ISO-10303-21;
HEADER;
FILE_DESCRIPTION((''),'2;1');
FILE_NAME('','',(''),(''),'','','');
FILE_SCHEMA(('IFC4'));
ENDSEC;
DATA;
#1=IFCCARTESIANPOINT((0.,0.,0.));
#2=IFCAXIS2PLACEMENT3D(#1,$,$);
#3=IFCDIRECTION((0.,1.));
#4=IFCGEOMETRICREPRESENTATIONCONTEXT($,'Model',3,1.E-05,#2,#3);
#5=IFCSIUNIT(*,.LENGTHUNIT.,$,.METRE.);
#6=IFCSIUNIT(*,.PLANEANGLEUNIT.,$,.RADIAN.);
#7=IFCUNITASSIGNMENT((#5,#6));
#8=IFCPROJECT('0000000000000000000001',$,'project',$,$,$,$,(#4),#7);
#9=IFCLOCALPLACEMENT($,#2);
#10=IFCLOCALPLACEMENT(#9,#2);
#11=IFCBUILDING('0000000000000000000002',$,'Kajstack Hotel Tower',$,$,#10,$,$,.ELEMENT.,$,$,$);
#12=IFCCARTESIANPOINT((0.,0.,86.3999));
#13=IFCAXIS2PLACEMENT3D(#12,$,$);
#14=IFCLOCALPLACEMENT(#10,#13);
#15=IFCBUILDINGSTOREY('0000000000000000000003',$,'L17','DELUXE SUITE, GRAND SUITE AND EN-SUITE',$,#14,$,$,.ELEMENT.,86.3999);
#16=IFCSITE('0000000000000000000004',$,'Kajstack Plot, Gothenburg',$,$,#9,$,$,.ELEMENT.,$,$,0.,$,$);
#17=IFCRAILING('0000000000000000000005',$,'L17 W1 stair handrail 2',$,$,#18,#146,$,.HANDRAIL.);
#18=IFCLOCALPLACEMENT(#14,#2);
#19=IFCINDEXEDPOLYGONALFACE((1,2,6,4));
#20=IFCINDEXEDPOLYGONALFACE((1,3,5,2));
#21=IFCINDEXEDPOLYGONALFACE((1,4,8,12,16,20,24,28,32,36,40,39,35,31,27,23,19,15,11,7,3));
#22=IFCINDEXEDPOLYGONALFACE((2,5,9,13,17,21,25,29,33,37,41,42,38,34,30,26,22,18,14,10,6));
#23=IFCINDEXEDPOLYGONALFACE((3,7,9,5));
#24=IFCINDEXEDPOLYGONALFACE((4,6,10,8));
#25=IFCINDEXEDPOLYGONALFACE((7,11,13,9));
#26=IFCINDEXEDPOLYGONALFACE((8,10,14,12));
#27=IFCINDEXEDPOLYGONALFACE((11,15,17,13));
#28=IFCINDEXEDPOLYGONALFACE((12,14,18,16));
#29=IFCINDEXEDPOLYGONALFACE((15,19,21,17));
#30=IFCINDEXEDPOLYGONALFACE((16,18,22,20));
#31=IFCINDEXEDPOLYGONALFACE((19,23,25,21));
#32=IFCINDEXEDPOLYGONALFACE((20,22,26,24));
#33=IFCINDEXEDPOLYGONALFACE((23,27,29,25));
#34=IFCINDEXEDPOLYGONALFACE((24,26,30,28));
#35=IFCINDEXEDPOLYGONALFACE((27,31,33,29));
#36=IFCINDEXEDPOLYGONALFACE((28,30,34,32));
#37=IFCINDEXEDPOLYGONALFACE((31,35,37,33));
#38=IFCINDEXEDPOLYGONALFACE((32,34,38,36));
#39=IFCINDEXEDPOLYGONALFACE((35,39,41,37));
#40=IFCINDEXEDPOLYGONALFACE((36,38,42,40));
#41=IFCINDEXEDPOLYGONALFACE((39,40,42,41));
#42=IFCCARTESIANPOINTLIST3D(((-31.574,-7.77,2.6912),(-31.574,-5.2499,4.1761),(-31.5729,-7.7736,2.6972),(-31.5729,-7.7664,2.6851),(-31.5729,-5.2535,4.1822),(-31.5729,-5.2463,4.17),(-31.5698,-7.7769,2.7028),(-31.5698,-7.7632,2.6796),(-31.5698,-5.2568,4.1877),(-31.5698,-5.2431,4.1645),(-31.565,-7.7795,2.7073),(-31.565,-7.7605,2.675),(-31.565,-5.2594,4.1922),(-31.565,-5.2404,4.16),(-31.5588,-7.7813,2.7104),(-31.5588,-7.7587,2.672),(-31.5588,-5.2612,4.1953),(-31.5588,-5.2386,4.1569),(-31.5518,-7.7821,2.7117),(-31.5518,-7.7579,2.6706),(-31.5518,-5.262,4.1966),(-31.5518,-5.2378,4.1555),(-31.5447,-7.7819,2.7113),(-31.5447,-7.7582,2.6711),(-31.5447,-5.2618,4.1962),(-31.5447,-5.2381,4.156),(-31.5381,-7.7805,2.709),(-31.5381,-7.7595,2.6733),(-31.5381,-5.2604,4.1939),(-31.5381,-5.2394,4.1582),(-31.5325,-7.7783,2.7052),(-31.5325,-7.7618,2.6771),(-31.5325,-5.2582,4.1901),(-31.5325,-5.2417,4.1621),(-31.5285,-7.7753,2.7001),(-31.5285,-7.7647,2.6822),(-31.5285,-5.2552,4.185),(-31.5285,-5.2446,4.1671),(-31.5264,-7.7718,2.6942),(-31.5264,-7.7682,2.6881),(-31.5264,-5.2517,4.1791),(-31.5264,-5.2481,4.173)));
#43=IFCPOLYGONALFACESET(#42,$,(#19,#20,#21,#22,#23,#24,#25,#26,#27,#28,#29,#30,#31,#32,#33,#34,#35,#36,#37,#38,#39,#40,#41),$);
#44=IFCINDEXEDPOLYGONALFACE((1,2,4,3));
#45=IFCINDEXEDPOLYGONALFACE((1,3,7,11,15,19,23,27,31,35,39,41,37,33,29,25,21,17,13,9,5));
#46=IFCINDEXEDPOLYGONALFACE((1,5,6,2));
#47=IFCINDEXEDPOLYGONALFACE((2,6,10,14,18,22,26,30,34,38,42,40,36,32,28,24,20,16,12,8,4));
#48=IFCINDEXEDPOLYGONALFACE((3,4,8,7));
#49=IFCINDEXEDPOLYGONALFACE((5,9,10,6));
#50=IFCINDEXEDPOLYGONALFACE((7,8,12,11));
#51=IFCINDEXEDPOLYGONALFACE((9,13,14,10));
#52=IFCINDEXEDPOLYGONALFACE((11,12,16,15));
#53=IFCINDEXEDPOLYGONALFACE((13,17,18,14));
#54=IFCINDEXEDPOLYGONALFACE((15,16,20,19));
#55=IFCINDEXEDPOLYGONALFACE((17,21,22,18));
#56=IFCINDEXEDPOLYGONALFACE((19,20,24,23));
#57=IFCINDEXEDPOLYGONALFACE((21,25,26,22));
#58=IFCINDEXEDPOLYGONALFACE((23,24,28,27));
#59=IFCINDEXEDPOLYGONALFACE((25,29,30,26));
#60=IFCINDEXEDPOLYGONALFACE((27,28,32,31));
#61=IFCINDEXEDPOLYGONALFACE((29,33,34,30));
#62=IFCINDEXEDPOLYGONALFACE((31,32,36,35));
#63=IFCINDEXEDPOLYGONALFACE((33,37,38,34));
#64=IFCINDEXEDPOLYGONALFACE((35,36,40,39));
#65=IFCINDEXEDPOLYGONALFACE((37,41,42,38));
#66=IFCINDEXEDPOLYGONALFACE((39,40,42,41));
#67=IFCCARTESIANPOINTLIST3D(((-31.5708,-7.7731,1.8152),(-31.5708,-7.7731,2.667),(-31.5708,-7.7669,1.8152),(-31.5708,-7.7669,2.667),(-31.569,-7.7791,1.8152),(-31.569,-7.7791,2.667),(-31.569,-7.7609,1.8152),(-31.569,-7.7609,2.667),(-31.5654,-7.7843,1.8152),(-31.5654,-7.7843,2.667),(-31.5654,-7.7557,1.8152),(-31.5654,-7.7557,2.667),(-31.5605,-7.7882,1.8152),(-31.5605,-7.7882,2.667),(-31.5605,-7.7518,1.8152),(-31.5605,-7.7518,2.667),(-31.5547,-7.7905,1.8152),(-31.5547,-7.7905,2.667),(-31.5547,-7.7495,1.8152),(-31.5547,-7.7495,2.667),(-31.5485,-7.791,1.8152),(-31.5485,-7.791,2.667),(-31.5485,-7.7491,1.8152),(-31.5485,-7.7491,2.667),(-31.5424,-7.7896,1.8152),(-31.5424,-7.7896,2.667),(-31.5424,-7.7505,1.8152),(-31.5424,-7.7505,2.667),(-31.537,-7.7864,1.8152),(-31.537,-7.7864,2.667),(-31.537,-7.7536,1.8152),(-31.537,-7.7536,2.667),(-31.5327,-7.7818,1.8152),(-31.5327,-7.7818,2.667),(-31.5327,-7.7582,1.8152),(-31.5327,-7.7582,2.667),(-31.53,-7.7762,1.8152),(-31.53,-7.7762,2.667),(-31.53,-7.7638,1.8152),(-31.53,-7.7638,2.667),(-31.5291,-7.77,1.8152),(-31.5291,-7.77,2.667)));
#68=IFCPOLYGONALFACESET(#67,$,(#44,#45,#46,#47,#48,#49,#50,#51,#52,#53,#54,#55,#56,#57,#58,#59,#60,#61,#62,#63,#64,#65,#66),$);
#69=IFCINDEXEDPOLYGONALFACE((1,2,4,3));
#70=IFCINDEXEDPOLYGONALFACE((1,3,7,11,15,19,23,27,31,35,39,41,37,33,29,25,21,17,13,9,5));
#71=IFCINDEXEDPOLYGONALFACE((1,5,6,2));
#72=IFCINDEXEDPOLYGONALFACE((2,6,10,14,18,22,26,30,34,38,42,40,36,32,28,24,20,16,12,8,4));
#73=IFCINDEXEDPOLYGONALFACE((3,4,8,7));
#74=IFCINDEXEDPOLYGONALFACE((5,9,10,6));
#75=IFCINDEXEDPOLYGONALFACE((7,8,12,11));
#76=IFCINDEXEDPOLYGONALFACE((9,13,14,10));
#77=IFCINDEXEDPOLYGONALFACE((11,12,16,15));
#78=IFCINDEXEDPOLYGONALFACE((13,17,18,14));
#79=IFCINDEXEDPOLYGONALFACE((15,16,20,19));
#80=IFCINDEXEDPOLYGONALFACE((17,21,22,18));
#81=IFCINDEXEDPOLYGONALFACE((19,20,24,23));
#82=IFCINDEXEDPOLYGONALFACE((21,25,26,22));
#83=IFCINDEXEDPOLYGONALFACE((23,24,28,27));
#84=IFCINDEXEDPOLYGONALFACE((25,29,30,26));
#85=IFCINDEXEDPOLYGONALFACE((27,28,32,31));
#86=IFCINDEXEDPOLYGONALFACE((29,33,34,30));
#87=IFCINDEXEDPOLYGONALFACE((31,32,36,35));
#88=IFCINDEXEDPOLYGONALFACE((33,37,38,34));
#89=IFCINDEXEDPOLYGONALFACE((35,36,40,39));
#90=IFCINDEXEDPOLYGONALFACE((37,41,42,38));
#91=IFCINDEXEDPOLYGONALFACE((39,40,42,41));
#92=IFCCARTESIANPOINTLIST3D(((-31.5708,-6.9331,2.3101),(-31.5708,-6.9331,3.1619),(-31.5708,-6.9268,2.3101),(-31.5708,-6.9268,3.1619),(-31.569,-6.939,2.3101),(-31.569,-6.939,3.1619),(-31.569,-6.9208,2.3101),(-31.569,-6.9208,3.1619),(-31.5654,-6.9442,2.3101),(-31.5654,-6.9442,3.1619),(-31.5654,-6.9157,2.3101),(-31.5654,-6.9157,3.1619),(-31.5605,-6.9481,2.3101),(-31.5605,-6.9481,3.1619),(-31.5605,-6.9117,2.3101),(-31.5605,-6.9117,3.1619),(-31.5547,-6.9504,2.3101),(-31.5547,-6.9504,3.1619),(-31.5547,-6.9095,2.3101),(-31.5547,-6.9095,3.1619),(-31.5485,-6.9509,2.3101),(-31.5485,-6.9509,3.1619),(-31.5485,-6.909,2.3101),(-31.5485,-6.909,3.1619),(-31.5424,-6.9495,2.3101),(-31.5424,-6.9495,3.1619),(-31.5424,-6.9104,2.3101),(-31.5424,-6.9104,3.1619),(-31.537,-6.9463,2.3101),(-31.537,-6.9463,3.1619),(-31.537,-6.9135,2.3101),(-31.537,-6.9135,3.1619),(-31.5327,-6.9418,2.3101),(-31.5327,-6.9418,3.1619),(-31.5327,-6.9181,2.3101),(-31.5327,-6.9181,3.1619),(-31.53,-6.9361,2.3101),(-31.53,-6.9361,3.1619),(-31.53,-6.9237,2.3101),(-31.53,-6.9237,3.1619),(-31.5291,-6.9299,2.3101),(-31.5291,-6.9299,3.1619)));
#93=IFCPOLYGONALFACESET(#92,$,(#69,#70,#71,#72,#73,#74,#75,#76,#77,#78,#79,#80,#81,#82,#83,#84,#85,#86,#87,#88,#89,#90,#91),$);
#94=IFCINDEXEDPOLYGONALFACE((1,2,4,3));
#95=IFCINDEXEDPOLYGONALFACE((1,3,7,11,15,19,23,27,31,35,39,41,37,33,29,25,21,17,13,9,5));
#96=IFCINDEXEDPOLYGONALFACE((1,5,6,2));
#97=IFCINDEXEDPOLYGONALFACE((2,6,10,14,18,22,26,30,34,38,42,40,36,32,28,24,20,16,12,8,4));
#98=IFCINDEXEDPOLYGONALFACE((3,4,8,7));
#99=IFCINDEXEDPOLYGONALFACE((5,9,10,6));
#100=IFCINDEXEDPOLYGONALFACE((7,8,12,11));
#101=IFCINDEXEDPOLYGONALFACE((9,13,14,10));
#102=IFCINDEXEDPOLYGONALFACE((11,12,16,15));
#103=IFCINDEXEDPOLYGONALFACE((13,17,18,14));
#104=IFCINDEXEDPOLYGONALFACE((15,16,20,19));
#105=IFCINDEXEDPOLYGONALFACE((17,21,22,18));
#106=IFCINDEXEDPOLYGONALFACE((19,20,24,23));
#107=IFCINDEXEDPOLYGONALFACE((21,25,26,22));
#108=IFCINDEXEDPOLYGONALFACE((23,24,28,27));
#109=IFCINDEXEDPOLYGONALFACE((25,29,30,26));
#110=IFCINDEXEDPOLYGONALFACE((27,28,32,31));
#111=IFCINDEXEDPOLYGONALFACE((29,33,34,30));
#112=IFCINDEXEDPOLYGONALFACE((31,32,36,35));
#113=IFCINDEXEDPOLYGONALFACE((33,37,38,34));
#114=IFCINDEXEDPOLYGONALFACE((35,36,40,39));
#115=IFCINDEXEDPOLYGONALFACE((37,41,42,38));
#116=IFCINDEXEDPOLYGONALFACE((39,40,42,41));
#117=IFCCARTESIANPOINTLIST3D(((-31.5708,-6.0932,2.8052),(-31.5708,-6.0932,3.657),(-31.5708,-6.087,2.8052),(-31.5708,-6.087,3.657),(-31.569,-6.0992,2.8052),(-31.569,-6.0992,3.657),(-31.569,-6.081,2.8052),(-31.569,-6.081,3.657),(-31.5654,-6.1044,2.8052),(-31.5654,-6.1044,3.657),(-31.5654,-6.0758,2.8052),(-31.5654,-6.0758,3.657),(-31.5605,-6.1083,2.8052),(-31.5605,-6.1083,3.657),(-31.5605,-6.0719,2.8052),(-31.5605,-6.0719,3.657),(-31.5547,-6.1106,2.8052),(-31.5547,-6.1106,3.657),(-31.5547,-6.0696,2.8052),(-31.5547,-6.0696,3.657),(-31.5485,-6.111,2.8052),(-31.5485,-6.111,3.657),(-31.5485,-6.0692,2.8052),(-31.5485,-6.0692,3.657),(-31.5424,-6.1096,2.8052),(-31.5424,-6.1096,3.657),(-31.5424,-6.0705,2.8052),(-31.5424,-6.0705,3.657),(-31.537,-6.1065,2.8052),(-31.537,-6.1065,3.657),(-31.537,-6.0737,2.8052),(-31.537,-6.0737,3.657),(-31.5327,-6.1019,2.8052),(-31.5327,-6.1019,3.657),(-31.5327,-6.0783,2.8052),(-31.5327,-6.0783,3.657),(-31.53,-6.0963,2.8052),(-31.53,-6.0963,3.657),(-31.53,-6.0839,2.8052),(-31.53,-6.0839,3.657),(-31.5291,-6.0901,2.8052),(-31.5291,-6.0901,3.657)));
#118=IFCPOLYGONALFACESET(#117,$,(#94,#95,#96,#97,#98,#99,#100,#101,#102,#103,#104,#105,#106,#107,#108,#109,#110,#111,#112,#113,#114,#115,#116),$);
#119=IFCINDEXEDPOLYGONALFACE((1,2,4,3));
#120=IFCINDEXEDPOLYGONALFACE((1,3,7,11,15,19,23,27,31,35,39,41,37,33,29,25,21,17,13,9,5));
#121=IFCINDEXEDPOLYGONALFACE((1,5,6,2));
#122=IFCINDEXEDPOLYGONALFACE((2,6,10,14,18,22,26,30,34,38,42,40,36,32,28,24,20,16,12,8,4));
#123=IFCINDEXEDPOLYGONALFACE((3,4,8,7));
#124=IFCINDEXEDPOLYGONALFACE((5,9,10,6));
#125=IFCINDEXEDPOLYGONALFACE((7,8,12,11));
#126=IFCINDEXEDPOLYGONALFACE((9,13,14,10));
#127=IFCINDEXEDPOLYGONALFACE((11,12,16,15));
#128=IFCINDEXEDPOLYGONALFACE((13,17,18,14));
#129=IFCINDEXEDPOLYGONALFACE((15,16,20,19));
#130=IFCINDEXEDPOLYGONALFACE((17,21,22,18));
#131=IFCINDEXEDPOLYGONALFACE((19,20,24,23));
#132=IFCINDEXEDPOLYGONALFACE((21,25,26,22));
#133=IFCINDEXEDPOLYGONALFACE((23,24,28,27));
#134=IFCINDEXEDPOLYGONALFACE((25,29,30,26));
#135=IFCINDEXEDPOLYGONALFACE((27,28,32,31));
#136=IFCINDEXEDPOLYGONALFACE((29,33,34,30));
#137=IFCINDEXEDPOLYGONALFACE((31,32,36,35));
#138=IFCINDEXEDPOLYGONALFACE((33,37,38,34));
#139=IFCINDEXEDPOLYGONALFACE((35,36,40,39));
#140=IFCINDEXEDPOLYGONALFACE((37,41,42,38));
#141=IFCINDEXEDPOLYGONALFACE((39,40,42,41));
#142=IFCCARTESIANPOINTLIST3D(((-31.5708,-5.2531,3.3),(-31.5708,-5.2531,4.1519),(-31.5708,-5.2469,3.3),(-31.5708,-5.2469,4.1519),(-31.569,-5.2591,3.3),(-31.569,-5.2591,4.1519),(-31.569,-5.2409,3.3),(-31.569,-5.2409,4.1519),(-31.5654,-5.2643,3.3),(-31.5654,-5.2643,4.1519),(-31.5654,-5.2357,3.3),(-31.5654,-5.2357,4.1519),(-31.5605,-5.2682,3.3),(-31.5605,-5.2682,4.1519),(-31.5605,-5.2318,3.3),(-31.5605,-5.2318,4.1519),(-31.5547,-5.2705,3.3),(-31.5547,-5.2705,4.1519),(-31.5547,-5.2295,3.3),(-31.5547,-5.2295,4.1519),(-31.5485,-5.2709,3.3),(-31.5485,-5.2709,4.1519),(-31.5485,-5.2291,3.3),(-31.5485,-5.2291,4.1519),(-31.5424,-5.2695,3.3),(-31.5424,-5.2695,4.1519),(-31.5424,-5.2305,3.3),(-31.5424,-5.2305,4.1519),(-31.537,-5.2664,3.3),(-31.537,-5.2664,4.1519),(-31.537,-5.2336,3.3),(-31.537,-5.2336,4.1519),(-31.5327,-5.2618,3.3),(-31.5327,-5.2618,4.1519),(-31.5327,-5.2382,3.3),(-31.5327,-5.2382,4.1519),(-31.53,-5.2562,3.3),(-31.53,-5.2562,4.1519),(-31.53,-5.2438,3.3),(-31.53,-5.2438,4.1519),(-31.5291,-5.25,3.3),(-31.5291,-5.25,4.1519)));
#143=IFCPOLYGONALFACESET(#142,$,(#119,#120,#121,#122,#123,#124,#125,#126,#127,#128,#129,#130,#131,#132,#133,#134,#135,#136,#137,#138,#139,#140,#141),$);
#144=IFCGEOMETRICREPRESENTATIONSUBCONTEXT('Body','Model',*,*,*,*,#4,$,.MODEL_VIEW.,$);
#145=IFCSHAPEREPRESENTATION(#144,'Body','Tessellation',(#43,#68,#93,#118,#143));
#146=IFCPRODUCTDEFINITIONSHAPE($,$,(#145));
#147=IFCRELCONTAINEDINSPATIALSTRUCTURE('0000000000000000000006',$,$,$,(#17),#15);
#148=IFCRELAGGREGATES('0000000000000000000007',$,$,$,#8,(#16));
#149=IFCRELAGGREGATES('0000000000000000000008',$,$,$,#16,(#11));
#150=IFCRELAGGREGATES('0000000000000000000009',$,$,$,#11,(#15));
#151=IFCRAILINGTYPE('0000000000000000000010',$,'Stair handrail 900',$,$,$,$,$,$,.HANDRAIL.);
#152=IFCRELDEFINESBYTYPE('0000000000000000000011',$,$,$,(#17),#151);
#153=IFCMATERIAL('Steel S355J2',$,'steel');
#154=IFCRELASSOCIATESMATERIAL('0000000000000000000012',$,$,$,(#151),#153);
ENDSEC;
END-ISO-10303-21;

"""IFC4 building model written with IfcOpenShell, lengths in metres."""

from ifc_helpers import new_model, si_unit, direction, frame, origin, origin_2d, place, context, subcontext, project, spatial, circle, extrude, material, type_object, element, save


model = new_model("IFC4")

# Units and contexts
model_context = context("Model", 3, precision=1e-05, world=origin(), true_north=direction((0.0, 1.0)))
body_context = subcontext(model_context, "Body", "Model", "MODEL_VIEW")
ifc_project = project(units=[si_unit("LENGTHUNIT", "METRE"), si_unit("PLANEANGLEUNIT", "RADIAN")], contexts=[model_context])

# Site, building, storey
site_placement = place(None, origin())
site = spatial("IfcSite", under=ifc_project, at=site_placement, Name="Kajstack Plot, Gothenburg", CompositionType="ELEMENT", RefElevation=0.0)
building_placement = place(site_placement, origin())
building = spatial("IfcBuilding", under=site, at=building_placement, Name="Kajstack Hotel Tower", CompositionType="ELEMENT")
storey_placement = place(building_placement, frame((0.0, 0.0, 86.3999)))
storey = spatial("IfcBuildingStorey", under=building, at=storey_placement, Name="L17", Description="DELUXE SUITE, GRAND SUITE AND EN-SUITE", CompositionType="ELEMENT", Elevation=86.3999)

# Railing
ifc_material_1 = material(Name="Steel S355J2", Category="steel")
railing_type = type_object("IfcRailingType", Name="Stair handrail 900", PredefinedType="HANDRAIL", material=ifc_material_1)
railing_1_placement = place(storey_placement, frame((-31.55, -7.77, 1.8152)))
element("IfcRailing", 1, at=railing_1_placement, inside=storey, type_object=railing_type, Name="L17 W1 stair handrail 2", PredefinedType="HANDRAIL", context=body_context, shape_type="SweptSolid", body=[
    extrude(circle(Radius=0.0239, at=origin_2d()), frame((0.0, 0.0, 0.876), z_axis=(0.0, 0.861561, 0.507655), x_axis=(-1.0, 0.0, 0.0)), (0.0, 0.0, 1.0), 2.925),
    extrude(circle(Radius=0.021, at=origin_2d()), origin(), (0.0, 0.0, 1.0), 0.8518),
    extrude(circle(Radius=0.021, at=origin_2d()), frame((0.0, 0.8401, 0.4949)), (0.0, 0.0, 1.0), 0.8518),
    extrude(circle(Radius=0.021, at=origin_2d()), frame((0.0, 1.6799, 0.99)), (0.0, 0.0, 1.0), 0.8518),
    extrude(circle(Radius=0.021, at=origin_2d()), frame((0.0, 2.52, 1.4849)), (0.0, 0.0, 1.0), 0.8518),
])

save(model, "model.ifc")
